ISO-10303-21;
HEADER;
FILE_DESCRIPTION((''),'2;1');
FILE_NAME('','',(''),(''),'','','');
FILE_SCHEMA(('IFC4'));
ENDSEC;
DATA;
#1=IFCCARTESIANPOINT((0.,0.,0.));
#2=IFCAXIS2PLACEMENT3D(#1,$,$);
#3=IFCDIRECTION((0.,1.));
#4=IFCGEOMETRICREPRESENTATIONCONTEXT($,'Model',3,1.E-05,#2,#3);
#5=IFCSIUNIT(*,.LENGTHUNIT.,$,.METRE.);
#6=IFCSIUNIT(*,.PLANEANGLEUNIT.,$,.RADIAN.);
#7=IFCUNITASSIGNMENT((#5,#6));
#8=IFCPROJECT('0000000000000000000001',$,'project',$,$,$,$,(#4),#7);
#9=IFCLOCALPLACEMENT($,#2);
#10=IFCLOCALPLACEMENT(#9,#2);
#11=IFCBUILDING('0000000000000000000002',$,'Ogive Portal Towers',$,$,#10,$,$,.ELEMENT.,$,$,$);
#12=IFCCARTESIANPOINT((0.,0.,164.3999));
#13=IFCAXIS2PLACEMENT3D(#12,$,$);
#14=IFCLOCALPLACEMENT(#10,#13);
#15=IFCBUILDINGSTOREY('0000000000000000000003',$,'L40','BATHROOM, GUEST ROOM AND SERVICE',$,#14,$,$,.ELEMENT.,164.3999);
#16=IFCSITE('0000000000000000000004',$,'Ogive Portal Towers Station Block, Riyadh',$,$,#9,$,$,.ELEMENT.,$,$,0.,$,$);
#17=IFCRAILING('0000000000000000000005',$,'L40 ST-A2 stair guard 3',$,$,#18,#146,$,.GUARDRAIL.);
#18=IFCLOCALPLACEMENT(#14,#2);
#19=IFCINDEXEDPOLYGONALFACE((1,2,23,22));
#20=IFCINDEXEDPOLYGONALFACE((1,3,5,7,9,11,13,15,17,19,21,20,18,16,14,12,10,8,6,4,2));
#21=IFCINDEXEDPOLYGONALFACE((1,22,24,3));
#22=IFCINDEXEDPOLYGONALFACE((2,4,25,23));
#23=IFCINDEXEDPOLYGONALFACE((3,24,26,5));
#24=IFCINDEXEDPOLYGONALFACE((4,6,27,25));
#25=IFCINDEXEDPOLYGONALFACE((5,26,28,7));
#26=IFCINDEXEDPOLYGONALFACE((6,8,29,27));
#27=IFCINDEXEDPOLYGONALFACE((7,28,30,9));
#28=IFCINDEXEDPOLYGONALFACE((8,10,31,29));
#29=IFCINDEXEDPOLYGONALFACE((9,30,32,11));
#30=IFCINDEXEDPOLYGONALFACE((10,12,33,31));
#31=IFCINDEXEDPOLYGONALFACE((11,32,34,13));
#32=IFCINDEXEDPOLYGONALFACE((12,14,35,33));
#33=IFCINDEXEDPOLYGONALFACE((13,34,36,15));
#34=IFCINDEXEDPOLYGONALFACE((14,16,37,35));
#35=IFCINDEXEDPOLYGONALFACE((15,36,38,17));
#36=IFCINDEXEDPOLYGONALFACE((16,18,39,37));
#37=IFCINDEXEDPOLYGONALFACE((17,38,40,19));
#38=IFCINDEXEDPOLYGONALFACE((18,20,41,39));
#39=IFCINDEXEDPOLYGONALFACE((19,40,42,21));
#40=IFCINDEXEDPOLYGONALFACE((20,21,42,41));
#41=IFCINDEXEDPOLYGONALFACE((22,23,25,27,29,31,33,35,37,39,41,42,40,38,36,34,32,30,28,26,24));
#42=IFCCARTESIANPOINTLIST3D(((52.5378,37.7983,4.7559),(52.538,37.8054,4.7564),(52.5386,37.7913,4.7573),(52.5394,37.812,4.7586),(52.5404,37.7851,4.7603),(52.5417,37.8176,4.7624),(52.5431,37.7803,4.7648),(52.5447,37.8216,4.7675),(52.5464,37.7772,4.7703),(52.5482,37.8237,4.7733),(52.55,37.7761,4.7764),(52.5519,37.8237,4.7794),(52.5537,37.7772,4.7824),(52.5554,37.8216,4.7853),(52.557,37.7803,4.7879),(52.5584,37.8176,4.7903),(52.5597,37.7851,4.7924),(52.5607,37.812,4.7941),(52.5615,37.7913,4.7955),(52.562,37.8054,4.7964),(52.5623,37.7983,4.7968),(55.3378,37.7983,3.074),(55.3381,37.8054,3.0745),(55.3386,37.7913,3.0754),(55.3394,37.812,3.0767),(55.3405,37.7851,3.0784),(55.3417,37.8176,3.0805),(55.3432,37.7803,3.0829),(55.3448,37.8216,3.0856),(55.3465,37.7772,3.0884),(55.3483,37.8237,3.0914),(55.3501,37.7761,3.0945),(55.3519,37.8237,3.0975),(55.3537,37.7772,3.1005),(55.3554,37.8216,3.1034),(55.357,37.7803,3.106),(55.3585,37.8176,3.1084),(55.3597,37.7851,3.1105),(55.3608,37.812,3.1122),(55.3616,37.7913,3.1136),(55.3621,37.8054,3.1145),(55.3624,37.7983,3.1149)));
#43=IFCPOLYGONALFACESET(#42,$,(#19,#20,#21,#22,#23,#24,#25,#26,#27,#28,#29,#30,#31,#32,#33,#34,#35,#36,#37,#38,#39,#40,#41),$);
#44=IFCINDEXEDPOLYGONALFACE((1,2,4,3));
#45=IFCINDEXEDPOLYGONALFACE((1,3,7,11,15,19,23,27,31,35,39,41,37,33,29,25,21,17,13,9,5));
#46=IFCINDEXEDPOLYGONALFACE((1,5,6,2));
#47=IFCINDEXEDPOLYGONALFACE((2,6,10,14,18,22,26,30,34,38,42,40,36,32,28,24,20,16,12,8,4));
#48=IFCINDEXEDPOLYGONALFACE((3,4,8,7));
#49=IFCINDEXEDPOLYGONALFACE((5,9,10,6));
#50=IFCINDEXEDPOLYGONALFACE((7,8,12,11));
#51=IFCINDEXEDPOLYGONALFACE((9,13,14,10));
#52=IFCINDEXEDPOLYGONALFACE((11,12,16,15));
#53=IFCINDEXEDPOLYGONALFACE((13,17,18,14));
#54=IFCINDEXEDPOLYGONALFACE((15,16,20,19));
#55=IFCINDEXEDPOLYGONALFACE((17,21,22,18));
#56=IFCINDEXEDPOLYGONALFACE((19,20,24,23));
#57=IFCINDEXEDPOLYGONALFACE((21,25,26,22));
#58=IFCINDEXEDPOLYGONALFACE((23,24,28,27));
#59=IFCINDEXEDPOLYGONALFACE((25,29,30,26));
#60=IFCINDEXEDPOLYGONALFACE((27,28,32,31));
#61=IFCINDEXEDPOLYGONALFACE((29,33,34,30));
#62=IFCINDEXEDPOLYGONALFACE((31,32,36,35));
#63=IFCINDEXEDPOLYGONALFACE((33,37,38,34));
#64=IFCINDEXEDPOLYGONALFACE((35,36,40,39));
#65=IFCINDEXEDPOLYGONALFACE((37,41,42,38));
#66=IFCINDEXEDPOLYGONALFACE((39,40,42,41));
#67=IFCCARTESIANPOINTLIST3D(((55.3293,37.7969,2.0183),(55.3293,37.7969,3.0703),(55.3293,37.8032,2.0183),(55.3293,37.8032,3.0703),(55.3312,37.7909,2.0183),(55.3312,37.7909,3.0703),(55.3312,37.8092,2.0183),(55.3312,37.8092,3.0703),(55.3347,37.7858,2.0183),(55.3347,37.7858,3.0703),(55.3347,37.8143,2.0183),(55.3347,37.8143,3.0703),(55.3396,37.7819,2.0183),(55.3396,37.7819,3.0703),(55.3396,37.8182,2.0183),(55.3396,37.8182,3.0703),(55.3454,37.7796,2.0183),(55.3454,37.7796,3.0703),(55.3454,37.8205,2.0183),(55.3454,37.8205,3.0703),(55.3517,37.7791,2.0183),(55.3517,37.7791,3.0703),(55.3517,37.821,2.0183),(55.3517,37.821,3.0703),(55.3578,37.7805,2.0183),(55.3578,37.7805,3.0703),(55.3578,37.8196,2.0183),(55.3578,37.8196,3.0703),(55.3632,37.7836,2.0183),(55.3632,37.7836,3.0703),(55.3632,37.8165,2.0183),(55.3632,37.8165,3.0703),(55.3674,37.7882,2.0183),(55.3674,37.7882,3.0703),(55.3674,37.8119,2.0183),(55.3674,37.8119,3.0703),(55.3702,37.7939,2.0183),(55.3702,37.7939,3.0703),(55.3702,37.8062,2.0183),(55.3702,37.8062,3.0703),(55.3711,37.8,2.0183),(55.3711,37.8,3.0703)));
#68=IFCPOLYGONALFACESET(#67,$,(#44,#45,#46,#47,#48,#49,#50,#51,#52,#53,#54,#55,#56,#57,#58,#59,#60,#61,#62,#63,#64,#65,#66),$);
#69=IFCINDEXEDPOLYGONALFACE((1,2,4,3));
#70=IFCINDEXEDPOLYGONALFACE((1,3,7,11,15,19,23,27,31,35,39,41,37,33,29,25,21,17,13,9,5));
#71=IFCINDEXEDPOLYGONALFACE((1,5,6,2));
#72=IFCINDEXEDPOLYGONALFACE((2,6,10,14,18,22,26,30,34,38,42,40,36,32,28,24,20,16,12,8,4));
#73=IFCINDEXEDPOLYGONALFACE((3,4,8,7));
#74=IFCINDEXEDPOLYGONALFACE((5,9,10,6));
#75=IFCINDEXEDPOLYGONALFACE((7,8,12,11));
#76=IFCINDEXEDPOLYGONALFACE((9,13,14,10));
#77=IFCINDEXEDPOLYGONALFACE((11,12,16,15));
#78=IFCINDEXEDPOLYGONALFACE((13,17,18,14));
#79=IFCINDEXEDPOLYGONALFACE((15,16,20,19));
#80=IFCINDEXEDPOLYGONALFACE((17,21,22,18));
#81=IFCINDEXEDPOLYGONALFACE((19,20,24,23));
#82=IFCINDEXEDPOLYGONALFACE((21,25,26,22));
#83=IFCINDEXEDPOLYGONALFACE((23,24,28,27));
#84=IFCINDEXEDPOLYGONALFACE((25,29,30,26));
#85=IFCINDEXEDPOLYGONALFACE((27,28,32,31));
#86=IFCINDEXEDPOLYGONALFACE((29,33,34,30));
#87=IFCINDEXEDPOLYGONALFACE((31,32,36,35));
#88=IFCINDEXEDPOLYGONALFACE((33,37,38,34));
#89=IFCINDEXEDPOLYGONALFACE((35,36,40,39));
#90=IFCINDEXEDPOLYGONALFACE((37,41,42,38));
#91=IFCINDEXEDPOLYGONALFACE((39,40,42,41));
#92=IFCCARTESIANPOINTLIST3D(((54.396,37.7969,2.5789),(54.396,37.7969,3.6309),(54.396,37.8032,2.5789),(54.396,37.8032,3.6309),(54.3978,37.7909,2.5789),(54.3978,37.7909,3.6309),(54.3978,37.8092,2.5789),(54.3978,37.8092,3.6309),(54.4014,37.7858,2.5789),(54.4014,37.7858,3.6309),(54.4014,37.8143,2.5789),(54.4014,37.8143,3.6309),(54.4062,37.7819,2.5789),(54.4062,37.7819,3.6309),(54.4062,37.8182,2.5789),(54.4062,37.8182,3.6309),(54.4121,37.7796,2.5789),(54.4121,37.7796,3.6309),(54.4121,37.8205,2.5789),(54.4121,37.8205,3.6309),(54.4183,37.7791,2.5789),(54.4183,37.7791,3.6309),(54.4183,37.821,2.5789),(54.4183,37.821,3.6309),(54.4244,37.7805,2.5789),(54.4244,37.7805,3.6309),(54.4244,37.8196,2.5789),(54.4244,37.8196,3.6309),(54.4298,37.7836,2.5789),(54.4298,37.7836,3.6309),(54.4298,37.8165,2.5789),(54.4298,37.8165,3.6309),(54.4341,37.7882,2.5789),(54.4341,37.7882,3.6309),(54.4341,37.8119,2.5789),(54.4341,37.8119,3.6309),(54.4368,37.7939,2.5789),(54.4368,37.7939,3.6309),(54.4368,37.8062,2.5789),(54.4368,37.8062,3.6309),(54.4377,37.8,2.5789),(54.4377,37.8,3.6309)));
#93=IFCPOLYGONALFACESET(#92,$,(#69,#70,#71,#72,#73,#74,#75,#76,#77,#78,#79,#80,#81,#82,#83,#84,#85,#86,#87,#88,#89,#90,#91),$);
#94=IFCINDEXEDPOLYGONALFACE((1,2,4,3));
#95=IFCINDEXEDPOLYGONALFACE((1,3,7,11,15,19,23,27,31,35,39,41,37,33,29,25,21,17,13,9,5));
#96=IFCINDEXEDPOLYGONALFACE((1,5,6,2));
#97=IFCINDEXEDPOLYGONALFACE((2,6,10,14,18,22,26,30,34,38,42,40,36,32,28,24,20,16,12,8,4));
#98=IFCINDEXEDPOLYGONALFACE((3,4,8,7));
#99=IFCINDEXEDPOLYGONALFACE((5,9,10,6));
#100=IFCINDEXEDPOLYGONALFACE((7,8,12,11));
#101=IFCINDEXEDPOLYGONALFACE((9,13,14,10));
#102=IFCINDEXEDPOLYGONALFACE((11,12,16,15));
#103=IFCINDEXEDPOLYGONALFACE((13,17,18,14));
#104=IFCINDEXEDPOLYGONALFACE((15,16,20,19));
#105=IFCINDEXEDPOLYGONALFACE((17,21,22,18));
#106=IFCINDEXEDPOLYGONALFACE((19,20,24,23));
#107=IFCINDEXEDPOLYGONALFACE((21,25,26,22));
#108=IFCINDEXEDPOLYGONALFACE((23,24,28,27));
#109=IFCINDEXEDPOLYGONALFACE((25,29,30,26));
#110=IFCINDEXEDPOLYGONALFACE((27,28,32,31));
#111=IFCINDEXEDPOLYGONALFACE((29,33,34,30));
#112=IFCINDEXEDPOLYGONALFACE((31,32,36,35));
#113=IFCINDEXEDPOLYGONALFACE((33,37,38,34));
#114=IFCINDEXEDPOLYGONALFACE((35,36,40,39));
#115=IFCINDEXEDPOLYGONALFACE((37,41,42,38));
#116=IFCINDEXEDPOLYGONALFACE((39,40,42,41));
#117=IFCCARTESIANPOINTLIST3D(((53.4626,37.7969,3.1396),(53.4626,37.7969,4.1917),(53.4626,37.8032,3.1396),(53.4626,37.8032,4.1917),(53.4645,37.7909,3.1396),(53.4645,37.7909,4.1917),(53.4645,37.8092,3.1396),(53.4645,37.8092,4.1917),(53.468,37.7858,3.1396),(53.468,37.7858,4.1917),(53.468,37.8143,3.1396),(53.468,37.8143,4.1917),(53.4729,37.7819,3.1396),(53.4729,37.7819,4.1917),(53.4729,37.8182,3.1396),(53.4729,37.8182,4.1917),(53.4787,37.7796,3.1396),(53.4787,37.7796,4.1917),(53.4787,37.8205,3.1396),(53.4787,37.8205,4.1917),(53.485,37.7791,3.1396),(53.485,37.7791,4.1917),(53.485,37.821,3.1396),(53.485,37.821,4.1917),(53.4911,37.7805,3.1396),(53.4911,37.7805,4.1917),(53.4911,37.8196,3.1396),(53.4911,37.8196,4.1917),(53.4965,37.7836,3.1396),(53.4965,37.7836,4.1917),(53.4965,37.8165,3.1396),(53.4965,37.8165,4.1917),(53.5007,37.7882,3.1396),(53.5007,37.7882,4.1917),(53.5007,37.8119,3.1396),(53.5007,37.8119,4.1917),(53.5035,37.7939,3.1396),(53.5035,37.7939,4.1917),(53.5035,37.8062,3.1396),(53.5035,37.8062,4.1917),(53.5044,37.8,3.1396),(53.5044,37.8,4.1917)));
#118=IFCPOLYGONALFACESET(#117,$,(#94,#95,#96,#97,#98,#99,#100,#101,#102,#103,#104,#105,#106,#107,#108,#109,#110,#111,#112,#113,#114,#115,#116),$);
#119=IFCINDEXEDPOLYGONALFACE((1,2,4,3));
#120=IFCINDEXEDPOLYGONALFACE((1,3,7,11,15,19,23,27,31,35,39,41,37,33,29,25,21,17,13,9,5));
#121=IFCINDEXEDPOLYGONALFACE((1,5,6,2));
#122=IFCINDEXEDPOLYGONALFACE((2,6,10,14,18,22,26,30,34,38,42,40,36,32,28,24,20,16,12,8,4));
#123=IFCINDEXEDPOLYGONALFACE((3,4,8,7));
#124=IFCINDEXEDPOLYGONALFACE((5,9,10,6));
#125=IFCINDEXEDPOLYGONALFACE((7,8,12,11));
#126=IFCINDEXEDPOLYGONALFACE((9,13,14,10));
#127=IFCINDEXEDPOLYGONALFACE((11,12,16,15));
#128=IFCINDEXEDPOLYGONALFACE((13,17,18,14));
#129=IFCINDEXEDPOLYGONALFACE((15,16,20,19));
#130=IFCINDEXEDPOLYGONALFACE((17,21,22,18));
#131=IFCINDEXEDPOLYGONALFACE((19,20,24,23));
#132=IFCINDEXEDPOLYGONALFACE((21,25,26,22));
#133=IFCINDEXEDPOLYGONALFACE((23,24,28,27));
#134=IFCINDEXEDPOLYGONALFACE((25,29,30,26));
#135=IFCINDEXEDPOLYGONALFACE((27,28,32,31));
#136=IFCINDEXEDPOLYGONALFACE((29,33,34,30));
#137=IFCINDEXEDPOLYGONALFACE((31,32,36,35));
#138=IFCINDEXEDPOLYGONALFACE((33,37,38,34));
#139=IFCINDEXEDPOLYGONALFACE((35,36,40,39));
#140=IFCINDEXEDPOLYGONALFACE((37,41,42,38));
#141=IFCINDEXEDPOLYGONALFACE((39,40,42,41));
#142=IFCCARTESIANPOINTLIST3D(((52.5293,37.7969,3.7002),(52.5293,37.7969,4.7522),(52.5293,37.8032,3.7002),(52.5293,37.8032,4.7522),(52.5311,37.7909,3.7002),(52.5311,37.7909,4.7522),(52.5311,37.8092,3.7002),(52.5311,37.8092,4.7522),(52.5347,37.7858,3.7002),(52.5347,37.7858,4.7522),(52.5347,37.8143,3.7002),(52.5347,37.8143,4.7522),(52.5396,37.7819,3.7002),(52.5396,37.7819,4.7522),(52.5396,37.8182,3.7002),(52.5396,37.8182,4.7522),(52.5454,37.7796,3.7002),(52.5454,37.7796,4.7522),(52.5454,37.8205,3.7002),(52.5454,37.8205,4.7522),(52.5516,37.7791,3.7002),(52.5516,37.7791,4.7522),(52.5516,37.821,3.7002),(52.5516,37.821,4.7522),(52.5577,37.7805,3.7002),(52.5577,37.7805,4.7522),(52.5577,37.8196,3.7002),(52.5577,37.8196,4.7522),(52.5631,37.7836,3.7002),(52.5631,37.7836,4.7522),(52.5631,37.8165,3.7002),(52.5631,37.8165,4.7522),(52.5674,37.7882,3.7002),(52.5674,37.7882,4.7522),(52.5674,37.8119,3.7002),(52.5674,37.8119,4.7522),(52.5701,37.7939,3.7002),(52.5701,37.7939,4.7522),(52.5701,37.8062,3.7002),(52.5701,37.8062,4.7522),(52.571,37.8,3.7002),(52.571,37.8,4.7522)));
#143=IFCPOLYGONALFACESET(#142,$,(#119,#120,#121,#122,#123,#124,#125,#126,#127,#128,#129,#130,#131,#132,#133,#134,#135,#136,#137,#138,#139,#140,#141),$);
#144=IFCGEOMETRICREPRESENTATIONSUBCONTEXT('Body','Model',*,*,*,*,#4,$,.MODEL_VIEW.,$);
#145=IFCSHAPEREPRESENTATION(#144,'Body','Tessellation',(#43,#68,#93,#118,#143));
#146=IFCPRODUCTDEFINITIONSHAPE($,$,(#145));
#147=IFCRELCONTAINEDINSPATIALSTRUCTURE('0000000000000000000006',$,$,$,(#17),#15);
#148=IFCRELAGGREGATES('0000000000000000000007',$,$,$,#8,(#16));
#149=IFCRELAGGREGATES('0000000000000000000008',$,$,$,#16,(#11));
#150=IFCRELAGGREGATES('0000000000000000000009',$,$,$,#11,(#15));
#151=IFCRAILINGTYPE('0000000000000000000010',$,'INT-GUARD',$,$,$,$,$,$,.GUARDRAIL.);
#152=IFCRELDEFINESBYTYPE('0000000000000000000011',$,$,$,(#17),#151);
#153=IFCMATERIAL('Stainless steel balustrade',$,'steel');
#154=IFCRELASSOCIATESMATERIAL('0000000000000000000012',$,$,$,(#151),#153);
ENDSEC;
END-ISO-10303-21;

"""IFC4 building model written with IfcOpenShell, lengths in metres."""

from ifc_helpers import new_model, si_unit, direction, frame, origin, origin_2d, place, context, subcontext, project, spatial, circle, extrude, material, type_object, element, save


model = new_model("IFC4")

# Units and contexts
model_context = context("Model", 3, precision=1e-05, world=origin(), true_north=direction((0.0, 1.0)))
body_context = subcontext(model_context, "Body", "Model", "MODEL_VIEW")
ifc_project = project(units=[si_unit("LENGTHUNIT", "METRE"), si_unit("PLANEANGLEUNIT", "RADIAN")], contexts=[model_context])

# Site, building, storey
site_placement = place(None, origin())
site = spatial("IfcSite", under=ifc_project, at=site_placement, Name="Ogive Portal Towers Station Block, Riyadh", CompositionType="ELEMENT", RefElevation=0.0)
building_placement = place(site_placement, origin())
building = spatial("IfcBuilding", under=site, at=building_placement, Name="Ogive Portal Towers", CompositionType="ELEMENT")
storey_placement = place(building_placement, frame((0.0, 0.0, 164.3999)))
storey = spatial("IfcBuildingStorey", under=building, at=storey_placement, Name="L40", Description="BATHROOM, GUEST ROOM AND SERVICE", CompositionType="ELEMENT", Elevation=164.3999)

# Railing
ifc_material_1 = material(Name="Stainless steel balustrade", Category="steel")
railing_type_1 = type_object("IfcRailingType", Name="INT-GUARD", PredefinedType="GUARDRAIL", material=ifc_material_1)
railing_1_placement = place(storey_placement, frame((55.3501, 37.8, 2.0183)))
element("IfcRailing", 1, at=railing_1_placement, inside=storey, type_object=railing_type_1, Name="L40 ST-A2 stair guard 3", PredefinedType="GUARDRAIL", context=body_context, shape_type="SweptSolid", body=[
    extrude(circle(Radius=0.0239, at=origin_2d()), frame((0.0, 0.0, 1.0762), z_axis=(-0.857242, 0.0, 0.514913), x_axis=(0.0, -1.0, 0.0)), (0.0, 0.0, 1.0), 3.2664),
    extrude(circle(Radius=0.021, at=origin_2d()), origin(), (0.0, 0.0, 1.0), 1.052),
    extrude(circle(Radius=0.021, at=origin_2d()), frame((-0.9333, 0.0, 0.5605)), (0.0, 0.0, 1.0), 1.052),
    extrude(circle(Radius=0.021, at=origin_2d()), frame((-1.8667, 0.0, 1.1213)), (0.0, 0.0, 1.0), 1.052),
    extrude(circle(Radius=0.021, at=origin_2d()), frame((-2.8, 0.0, 1.6819)), (0.0, 0.0, 1.0), 1.052),
])

save(model, "model.ifc")
